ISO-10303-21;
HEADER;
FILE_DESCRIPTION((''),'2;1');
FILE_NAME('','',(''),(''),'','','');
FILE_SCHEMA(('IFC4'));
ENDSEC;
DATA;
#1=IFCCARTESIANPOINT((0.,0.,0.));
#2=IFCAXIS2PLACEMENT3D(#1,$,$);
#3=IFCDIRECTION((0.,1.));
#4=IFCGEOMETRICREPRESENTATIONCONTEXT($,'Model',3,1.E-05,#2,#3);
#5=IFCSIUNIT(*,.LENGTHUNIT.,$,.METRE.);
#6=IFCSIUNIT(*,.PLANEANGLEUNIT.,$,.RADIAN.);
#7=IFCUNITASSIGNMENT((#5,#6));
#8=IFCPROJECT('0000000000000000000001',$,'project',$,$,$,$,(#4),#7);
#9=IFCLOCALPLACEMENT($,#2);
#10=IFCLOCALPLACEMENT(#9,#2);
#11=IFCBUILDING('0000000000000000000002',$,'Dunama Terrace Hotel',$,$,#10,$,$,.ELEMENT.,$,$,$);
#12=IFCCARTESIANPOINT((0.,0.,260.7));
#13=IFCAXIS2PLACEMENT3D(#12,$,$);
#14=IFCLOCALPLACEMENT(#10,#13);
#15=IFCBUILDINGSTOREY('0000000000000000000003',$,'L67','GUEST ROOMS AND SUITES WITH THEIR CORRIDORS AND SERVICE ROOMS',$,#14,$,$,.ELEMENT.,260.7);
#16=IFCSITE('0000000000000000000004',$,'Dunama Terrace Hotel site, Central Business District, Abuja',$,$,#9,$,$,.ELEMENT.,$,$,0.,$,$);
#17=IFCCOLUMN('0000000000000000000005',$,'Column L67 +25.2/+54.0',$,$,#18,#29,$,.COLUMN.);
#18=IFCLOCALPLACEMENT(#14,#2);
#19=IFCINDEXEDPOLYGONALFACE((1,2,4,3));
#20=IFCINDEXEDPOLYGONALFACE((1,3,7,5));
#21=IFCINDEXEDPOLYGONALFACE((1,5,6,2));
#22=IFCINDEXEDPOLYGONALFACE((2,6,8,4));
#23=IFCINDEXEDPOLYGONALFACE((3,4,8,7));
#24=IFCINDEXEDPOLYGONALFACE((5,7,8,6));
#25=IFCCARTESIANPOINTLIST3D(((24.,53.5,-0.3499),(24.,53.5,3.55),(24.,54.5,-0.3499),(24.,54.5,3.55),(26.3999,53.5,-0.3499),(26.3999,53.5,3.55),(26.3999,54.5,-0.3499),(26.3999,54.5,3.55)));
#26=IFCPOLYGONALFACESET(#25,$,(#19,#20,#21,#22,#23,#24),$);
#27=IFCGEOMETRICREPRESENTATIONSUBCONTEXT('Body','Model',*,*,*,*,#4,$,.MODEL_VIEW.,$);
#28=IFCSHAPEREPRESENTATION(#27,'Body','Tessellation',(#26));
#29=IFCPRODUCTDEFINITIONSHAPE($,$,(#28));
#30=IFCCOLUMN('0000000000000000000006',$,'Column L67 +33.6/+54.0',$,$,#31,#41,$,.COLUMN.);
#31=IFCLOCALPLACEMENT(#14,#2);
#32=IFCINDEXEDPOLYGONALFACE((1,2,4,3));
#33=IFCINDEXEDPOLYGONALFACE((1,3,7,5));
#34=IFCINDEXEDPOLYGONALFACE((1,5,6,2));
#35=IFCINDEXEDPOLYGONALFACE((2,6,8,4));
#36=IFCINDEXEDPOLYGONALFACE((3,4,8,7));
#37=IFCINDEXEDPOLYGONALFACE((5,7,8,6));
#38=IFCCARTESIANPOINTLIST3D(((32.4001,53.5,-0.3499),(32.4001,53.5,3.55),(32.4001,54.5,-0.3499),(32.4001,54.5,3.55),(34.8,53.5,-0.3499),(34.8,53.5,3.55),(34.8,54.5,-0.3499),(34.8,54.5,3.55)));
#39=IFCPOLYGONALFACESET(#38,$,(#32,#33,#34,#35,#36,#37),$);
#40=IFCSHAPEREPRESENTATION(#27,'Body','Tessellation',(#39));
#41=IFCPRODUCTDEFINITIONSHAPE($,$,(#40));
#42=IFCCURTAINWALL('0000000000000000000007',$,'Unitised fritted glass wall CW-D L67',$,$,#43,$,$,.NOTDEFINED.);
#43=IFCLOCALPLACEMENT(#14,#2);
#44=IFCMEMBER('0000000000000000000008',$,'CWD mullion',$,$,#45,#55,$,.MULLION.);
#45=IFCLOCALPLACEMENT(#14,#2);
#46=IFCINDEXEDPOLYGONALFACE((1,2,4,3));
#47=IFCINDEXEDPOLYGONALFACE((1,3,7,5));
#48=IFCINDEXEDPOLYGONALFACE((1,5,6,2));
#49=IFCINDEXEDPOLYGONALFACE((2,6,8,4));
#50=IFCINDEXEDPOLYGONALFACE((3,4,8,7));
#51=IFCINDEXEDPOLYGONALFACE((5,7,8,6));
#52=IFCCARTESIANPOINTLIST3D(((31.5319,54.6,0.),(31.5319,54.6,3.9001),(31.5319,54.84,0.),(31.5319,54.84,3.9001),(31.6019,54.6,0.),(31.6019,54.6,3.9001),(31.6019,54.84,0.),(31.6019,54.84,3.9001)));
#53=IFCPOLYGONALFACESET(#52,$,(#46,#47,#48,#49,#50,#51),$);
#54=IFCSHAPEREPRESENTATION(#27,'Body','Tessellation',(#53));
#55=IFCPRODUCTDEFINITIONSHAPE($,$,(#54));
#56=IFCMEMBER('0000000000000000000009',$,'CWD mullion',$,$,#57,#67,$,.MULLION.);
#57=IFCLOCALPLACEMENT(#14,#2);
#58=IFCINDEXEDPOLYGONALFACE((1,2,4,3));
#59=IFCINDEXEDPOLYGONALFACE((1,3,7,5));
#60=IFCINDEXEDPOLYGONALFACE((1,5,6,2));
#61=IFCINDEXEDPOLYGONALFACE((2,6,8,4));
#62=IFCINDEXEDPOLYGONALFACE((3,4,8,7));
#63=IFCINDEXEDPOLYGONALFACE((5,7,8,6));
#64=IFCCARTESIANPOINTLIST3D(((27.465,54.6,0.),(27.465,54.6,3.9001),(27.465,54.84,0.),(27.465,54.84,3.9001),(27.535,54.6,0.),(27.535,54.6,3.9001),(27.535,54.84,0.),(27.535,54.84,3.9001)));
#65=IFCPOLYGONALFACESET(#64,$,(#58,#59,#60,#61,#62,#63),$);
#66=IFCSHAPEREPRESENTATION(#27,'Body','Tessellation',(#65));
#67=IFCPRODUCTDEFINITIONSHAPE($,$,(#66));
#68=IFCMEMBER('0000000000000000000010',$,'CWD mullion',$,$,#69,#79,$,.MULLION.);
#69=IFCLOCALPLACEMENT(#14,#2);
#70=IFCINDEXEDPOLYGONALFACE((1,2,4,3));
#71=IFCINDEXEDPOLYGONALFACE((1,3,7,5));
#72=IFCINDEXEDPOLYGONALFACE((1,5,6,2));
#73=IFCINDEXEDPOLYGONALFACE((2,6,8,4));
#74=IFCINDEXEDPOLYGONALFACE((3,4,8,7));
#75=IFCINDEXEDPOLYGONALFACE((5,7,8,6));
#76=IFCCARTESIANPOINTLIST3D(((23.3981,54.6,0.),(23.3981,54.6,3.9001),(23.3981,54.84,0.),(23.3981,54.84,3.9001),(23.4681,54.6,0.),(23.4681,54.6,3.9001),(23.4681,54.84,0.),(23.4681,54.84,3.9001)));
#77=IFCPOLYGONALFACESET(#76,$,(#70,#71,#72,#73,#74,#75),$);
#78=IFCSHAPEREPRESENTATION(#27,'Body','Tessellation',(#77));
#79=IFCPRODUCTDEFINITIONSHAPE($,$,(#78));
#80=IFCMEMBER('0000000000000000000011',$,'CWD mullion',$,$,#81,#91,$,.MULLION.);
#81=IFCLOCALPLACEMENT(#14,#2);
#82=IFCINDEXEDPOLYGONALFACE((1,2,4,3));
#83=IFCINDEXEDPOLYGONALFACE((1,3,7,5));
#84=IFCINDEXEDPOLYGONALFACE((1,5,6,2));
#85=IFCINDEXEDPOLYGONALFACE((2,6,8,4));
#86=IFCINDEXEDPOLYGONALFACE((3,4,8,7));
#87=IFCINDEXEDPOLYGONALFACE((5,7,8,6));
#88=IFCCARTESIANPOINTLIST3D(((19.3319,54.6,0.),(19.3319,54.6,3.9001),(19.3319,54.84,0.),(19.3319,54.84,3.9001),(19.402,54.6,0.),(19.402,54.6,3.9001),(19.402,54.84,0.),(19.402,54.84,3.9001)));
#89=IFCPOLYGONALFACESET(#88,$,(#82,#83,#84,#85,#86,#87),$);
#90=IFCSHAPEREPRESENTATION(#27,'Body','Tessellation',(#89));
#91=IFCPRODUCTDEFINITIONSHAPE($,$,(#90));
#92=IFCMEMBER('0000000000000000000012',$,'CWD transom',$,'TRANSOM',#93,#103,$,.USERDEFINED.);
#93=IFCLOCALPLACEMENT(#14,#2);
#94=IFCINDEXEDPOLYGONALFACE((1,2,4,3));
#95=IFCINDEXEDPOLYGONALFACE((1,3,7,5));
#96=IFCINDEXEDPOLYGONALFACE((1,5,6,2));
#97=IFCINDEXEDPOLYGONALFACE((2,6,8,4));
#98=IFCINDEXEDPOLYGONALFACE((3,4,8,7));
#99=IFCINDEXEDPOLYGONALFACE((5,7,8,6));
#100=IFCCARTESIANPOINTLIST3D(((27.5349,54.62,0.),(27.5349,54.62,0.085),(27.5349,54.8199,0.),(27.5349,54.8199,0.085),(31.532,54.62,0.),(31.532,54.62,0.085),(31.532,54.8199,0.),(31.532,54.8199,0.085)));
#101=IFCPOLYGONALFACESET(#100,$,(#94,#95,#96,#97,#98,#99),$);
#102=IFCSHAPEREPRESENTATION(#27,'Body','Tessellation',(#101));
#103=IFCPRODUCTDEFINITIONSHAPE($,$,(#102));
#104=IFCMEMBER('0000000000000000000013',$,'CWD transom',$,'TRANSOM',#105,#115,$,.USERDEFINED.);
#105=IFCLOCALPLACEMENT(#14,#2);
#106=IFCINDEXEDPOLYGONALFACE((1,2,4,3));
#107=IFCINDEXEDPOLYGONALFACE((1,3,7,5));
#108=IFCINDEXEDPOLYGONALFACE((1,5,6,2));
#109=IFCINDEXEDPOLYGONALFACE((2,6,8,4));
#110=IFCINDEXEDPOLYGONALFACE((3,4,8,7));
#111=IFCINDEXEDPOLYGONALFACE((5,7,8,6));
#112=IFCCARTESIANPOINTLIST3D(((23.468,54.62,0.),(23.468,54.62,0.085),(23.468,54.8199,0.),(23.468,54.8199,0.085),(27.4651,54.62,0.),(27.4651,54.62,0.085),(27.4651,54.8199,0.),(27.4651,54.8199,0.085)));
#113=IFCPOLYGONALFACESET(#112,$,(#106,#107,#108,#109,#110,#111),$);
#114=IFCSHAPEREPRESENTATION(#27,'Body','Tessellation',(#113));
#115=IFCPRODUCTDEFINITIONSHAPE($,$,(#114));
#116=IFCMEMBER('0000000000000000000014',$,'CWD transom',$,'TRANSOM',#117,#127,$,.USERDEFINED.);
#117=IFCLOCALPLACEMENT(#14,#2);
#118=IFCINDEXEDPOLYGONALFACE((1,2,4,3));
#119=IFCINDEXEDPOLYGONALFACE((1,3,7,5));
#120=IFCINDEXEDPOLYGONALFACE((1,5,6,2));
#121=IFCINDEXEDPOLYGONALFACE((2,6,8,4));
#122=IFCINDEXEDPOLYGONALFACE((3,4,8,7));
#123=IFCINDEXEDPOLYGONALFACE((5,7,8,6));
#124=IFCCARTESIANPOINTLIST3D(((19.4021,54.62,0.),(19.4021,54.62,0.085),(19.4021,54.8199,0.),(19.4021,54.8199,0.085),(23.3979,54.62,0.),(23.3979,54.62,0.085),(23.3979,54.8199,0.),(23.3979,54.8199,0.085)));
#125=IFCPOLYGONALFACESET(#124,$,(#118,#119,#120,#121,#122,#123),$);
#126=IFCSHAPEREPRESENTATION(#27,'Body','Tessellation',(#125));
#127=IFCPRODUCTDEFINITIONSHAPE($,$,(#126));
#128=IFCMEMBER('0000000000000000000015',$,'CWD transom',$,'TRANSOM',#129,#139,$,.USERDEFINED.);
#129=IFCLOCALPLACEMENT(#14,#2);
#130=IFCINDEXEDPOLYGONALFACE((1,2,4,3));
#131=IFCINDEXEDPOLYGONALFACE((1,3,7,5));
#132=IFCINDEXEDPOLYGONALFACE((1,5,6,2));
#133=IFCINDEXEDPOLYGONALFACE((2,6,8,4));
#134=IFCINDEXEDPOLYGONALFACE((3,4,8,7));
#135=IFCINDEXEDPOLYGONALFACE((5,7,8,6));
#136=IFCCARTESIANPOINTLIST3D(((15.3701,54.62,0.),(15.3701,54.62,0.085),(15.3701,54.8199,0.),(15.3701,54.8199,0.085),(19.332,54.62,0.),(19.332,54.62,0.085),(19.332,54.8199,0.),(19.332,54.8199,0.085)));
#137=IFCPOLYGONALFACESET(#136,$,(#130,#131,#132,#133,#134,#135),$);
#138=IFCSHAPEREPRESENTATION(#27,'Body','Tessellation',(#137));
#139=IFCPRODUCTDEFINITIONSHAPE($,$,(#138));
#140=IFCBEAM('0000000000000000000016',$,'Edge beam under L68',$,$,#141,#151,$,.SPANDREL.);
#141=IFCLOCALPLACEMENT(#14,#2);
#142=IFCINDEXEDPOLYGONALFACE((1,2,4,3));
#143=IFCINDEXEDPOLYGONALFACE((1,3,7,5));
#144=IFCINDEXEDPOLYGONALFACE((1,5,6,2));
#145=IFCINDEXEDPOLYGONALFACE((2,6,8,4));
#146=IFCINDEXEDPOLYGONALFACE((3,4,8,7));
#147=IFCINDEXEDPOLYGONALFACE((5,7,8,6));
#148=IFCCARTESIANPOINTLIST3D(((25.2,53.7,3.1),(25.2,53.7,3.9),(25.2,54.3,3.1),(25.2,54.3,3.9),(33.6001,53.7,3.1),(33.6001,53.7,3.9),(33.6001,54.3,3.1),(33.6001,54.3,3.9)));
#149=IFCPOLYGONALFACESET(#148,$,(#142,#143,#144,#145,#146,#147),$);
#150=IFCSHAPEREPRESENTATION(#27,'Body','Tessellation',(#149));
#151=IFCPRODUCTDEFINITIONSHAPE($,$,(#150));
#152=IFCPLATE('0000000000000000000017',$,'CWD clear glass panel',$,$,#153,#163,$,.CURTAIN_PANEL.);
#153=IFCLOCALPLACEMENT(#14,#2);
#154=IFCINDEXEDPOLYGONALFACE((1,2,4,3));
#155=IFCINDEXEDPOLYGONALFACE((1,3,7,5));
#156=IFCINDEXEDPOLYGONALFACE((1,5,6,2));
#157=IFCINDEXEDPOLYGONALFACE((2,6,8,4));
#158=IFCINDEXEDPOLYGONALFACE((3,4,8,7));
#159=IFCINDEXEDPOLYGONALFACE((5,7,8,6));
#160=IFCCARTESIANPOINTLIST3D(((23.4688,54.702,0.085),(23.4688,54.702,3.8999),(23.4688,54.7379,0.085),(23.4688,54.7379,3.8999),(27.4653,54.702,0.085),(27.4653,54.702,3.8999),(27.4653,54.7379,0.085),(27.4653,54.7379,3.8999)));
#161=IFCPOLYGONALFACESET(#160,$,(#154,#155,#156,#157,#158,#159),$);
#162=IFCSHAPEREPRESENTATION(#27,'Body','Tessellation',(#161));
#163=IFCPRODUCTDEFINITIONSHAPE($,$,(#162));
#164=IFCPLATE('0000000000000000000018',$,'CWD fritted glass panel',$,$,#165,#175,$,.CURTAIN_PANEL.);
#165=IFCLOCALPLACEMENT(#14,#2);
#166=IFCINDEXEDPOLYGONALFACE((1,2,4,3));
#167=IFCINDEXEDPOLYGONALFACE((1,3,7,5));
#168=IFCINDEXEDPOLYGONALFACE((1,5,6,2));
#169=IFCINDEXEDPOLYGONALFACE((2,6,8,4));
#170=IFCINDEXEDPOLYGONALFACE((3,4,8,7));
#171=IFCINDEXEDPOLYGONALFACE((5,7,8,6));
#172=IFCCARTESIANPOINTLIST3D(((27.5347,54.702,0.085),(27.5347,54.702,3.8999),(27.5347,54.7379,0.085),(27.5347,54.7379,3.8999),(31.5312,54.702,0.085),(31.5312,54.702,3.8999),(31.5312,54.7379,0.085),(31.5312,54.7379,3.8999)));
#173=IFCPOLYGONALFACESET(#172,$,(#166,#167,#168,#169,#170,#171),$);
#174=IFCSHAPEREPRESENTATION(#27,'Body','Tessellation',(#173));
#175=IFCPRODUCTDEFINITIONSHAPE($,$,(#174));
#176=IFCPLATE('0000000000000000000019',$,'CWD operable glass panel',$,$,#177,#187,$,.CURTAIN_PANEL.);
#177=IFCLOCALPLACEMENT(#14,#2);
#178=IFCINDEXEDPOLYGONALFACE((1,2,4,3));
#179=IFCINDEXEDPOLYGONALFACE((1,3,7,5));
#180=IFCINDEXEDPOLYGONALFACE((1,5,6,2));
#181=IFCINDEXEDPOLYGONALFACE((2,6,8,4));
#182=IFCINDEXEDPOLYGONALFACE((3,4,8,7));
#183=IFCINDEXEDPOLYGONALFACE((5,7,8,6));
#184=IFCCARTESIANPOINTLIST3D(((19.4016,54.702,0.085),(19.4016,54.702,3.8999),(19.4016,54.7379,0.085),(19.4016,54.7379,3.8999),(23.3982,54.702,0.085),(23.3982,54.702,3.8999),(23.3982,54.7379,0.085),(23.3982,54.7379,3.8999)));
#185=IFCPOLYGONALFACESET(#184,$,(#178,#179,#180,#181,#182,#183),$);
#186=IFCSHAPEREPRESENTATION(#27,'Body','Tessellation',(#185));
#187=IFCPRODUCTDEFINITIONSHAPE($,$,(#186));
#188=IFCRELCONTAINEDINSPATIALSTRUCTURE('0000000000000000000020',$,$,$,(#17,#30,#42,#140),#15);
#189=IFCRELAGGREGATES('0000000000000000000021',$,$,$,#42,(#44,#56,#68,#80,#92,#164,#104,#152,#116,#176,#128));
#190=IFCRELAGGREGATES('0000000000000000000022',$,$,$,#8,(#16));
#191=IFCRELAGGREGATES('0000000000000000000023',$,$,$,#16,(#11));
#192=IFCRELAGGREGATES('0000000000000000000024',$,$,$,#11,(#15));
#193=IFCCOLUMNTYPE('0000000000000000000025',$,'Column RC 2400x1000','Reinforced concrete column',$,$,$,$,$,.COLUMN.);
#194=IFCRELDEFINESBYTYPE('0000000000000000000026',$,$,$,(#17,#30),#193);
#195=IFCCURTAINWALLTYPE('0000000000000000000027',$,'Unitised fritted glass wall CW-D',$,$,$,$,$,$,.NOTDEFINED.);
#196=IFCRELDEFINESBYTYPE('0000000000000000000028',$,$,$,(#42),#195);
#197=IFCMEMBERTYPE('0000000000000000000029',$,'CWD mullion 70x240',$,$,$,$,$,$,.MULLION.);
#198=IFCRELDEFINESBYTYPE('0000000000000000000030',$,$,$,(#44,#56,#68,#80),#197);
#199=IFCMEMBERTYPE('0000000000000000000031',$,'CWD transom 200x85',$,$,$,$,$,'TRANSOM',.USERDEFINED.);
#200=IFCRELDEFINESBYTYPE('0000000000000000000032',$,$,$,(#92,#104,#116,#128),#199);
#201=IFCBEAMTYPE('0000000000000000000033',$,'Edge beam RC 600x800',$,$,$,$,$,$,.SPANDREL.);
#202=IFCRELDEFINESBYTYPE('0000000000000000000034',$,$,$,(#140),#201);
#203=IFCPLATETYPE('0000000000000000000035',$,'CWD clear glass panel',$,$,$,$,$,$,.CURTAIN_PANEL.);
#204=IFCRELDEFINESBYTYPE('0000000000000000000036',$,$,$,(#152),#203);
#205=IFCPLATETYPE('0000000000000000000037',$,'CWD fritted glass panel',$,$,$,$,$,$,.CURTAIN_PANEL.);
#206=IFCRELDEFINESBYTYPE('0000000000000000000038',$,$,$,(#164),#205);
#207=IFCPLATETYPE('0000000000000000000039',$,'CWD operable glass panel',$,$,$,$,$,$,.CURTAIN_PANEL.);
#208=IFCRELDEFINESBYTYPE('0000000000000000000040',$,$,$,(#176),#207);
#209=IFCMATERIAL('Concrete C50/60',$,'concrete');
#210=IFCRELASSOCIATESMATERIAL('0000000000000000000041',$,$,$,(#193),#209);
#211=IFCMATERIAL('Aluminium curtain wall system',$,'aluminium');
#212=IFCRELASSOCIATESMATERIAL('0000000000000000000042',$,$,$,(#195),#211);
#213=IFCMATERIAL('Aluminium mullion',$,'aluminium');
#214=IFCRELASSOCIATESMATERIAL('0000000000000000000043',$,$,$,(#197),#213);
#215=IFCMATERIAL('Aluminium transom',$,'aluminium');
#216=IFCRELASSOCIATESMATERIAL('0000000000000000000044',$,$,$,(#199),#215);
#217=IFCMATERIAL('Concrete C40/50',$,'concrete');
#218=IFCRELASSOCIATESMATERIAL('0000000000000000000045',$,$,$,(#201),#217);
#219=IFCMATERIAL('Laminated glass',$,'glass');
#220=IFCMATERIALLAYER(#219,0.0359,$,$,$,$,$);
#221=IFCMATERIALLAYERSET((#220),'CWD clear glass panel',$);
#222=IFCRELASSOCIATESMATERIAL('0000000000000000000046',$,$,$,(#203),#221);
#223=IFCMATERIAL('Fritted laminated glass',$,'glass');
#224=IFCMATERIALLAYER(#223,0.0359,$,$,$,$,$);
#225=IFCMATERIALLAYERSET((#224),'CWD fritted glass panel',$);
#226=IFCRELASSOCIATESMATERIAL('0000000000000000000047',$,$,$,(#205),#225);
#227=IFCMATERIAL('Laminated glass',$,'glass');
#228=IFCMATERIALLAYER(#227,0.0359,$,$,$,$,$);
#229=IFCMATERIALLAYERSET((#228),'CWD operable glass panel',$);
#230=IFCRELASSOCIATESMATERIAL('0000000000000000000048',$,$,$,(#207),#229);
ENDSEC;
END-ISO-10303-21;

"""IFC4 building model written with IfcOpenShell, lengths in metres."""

from ifc_helpers import new_model, si_unit, direction, frame, origin, origin_2d, place, context, subcontext, project, spatial, rectangle, extrude, material, layer, layer_set, material_profile, profile_set, type_object, element, aggregate, save


model = new_model("IFC4")

# Units and contexts
model_context = context("Model", 3, precision=1e-05, world=origin(), true_north=direction((0.0, 1.0)))
body_context = subcontext(model_context, "Body", "Model", "MODEL_VIEW")
ifc_project = project(units=[si_unit("LENGTHUNIT", "METRE"), si_unit("PLANEANGLEUNIT", "RADIAN")], contexts=[model_context])

# Site, building, storey
site_placement = place(None, origin())
site = spatial("IfcSite", under=ifc_project, at=site_placement, Name="Dunama Terrace Hotel site, Central Business District, Abuja", CompositionType="ELEMENT", RefElevation=0.0)
building_placement = place(site_placement, origin())
building = spatial("IfcBuilding", under=site, at=building_placement, Name="Dunama Terrace Hotel", CompositionType="ELEMENT")
storey_placement = place(building_placement, frame((0.0, 0.0, 260.7)))
storey = spatial("IfcBuildingStorey", under=building, at=storey_placement, Name="L67", Description="GUEST ROOMS AND SUITES WITH THEIR CORRIDORS AND SERVICE ROOMS", CompositionType="ELEMENT", Elevation=260.7)

# Columns
ifc_material_1 = material(Name="Concrete C50/60", Category="concrete")
ifc_material_profile_1 = material_profile(ifc_material_1, rectangle(XDim=2.3999, YDim=1.0, at=origin_2d()), Name="RC 2400x1000")
ifc_profile_set_1 = profile_set([ifc_material_profile_1], Name="Concrete C50/60")
column_type = type_object("IfcColumnType", Name="Column RC 2400x1000", Description="Reinforced concrete column", PredefinedType="COLUMN", material=ifc_profile_set_1)
for number, where, z_axis, x_axis, name in (
    (1, (25.2, 54.0, -0.3499), (0.0, 0.0, 1.0), (1.0, 0.0, 0.0), "Column L67 +25.2/+54.0"),
    (2, (33.6001, 54.0, -0.3499), (0.0, 0.0, 1.0), (1.0, 0.0, 0.0), "Column L67 +33.6/+54.0"),
):
    element("IfcColumn", number, at=place(storey_placement, frame(where, z_axis=z_axis, x_axis=x_axis)), inside=storey, type_object=column_type, Name=name, PredefinedType="COLUMN", context=body_context, shape_type="SweptSolid", body=[
        extrude(rectangle(XDim=2.3999, YDim=1.0, at=origin_2d()), origin(), (0.0, 0.0, 1.0), 3.8999),
    ])

# Curtain wall, members
ifc_material_2 = material(Name="Aluminium curtain wall system", Category="aluminium")
curtain_wall_type = type_object("IfcCurtainWallType", Name="Unitised fritted glass wall CW-D", PredefinedType="NOTDEFINED", material=ifc_material_2)
curtain_wall_placement = place(storey_placement, origin())
curtain_wall = element("IfcCurtainWall", 3, at=curtain_wall_placement, inside=storey, type_object=curtain_wall_type, Name="Unitised fritted glass wall CW-D L67", PredefinedType="NOTDEFINED")
ifc_material_3 = material(Name="Aluminium mullion", Category="aluminium")
ifc_material_profile_2 = material_profile(ifc_material_3, rectangle(XDim=0.0701, YDim=0.24, at=origin_2d()), Name="CWD MULLION 70X240")
ifc_profile_set_2 = profile_set([ifc_material_profile_2], Name="Aluminium mullion")
member_type_1 = type_object("IfcMemberType", Name="CWD mullion 70x240", PredefinedType="MULLION", material=ifc_profile_set_2)
member_1_placement = place(storey_placement, frame((31.5669, 54.72, 0.0), z_axis=(0.0, 0.0, 1.0), x_axis=(-1.0, 0.0, 0.0)))
member_1 = element("IfcMember", 4, at=member_1_placement, type_object=member_type_1, Name="CWD mullion", PredefinedType="MULLION", context=body_context, shape_type="SweptSolid", body=[
    extrude(rectangle(XDim=0.0701, YDim=0.24, at=origin_2d()), origin(), (0.0, 0.0, 1.0), 3.9001),
])
member_2_placement = place(storey_placement, frame((27.5, 54.72, 0.0), z_axis=(0.0, 0.0, 1.0), x_axis=(-1.0, 0.0, 0.0)))
member_2 = element("IfcMember", 5, at=member_2_placement, type_object=member_type_1, Name="CWD mullion", PredefinedType="MULLION", context=body_context, shape_type="SweptSolid", body=[
    extrude(rectangle(XDim=0.0701, YDim=0.24, at=origin_2d()), origin(), (0.0, 0.0, 1.0), 3.9001),
])
member_3_placement = place(storey_placement, frame((23.4331, 54.72, 0.0), z_axis=(0.0, 0.0, 1.0), x_axis=(-1.0, 0.0, 0.0)))
member_3 = element("IfcMember", 6, at=member_3_placement, type_object=member_type_1, Name="CWD mullion", PredefinedType="MULLION", context=body_context, shape_type="SweptSolid", body=[
    extrude(rectangle(XDim=0.0701, YDim=0.24, at=origin_2d()), origin(), (0.0, 0.0, 1.0), 3.9001),
])
member_4_placement = place(storey_placement, frame((19.3669, 54.72, 0.0), z_axis=(0.0, 0.0, 1.0), x_axis=(-1.0, 0.0, 0.0)))
member_4 = element("IfcMember", 7, at=member_4_placement, type_object=member_type_1, Name="CWD mullion", PredefinedType="MULLION", context=body_context, shape_type="SweptSolid", body=[
    extrude(rectangle(XDim=0.0701, YDim=0.24, at=origin_2d()), origin(), (0.0, 0.0, 1.0), 3.9001),
])
ifc_material_4 = material(Name="Aluminium transom", Category="aluminium")
ifc_material_profile_3 = material_profile(ifc_material_4, rectangle(XDim=0.2, YDim=0.085, at=origin_2d()), Name="CWD TRANSOM 200X85")
ifc_profile_set_3 = profile_set([ifc_material_profile_3], Name="Aluminium transom")
member_type_2 = type_object("IfcMemberType", Name="CWD transom 200x85", ElementType="TRANSOM", PredefinedType="USERDEFINED", material=ifc_profile_set_3)
member_5_placement = place(storey_placement, frame((31.532, 54.72, 0.0425), z_axis=(-1.0, 0.0, 0.0), x_axis=(0.0, -1.0, 0.0)))
member_5 = element("IfcMember", 8, at=member_5_placement, type_object=member_type_2, Name="CWD transom", ObjectType="TRANSOM", PredefinedType="USERDEFINED", context=body_context, shape_type="SweptSolid", body=[
    extrude(rectangle(XDim=0.2, YDim=0.085, at=origin_2d()), origin(), (0.0, 0.0, 1.0), 3.9971),
])
member_6_placement = place(storey_placement, frame((27.4651, 54.72, 0.0425), z_axis=(-1.0, 0.0, 0.0), x_axis=(0.0, -1.0, 0.0)))
member_6 = element("IfcMember", 9, at=member_6_placement, type_object=member_type_2, Name="CWD transom", ObjectType="TRANSOM", PredefinedType="USERDEFINED", context=body_context, shape_type="SweptSolid", body=[
    extrude(rectangle(XDim=0.2, YDim=0.085, at=origin_2d()), origin(), (0.0, 0.0, 1.0), 3.9971),
])
member_7_placement = place(storey_placement, frame((23.3979, 54.72, 0.0425), z_axis=(-1.0, 0.0, 0.0), x_axis=(0.0, -1.0, 0.0)))
member_7 = element("IfcMember", 10, at=member_7_placement, type_object=member_type_2, Name="CWD transom", ObjectType="TRANSOM", PredefinedType="USERDEFINED", context=body_context, shape_type="SweptSolid", body=[
    extrude(rectangle(XDim=0.2, YDim=0.085, at=origin_2d()), origin(), (0.0, 0.0, 1.0), 3.9958),
])
member_8_placement = place(storey_placement, frame((19.332, 54.72, 0.0425), z_axis=(-1.0, 0.0, 0.0), x_axis=(0.0, -1.0, 0.0)))
member_8 = element("IfcMember", 11, at=member_8_placement, type_object=member_type_2, Name="CWD transom", ObjectType="TRANSOM", PredefinedType="USERDEFINED", context=body_context, shape_type="SweptSolid", body=[
    extrude(rectangle(XDim=0.2, YDim=0.085, at=origin_2d()), origin(), (0.0, 0.0, 1.0), 3.9619),
])

# Beam
ifc_material_5 = material(Name="Concrete C40/50", Category="concrete")
ifc_material_profile_4 = material_profile(ifc_material_5, rectangle(XDim=0.6001, YDim=0.8, at=origin_2d()), Name="RC 600x800")
ifc_profile_set_4 = profile_set([ifc_material_profile_4], Name="Concrete C40/50")
beam_type = type_object("IfcBeamType", Name="Edge beam RC 600x800", PredefinedType="SPANDREL", material=ifc_profile_set_4)
beam_placement = place(storey_placement, frame((25.2, 54.0, 3.5), z_axis=(1.0, 0.0, 0.0), x_axis=(0.0, 1.0, 0.0)))
element("IfcBeam", 12, at=beam_placement, inside=storey, type_object=beam_type, Name="Edge beam under L68", PredefinedType="SPANDREL", context=body_context, shape_type="SweptSolid", body=[
    extrude(rectangle(XDim=0.6001, YDim=0.8, at=origin_2d()), origin(), (0.0, 0.0, 1.0), 8.4001),
])

# Plates
ifc_material_6 = material(Name="Laminated glass", Category="glass")
ifc_layer_1 = layer(ifc_material_6, 0.0359)
ifc_layer_set_1 = layer_set([ifc_layer_1], Name="CWD clear glass panel")
plate_type_1 = type_object("IfcPlateType", Name="CWD clear glass panel", PredefinedType="CURTAIN_PANEL", material=ifc_layer_set_1)
plate_1_placement = place(storey_placement, frame((25.467, 54.72, 0.085), z_axis=(0.0, 0.0, 1.0), x_axis=(-1.0, 0.0, 0.0)))
plate_1 = element("IfcPlate", 13, at=plate_1_placement, type_object=plate_type_1, Name="CWD clear glass panel", PredefinedType="CURTAIN_PANEL", context=body_context, shape_type="SweptSolid", body=[
    extrude(rectangle(XDim=3.9966, YDim=0.0359, at=origin_2d()), origin(), (0.0, 0.0, 1.0), 3.8149),
])
ifc_material_7 = material(Name="Fritted laminated glass", Category="glass")
ifc_layer_2 = layer(ifc_material_7, 0.0359)
ifc_layer_set_2 = layer_set([ifc_layer_2], Name="CWD fritted glass panel")
plate_type_2 = type_object("IfcPlateType", Name="CWD fritted glass panel", PredefinedType="CURTAIN_PANEL", material=ifc_layer_set_2)
plate_2_placement = place(storey_placement, frame((29.533, 54.72, 0.085), z_axis=(0.0, 0.0, 1.0), x_axis=(-1.0, 0.0, 0.0)))
plate_2 = element("IfcPlate", 14, at=plate_2_placement, type_object=plate_type_2, Name="CWD fritted glass panel", PredefinedType="CURTAIN_PANEL", context=body_context, shape_type="SweptSolid", body=[
    extrude(rectangle(XDim=3.9966, YDim=0.0359, at=origin_2d()), origin(), (0.0, 0.0, 1.0), 3.8149),
])
ifc_material_8 = material(Name="Laminated glass", Category="glass")
ifc_layer_3 = layer(ifc_material_8, 0.0359)
ifc_layer_set_3 = layer_set([ifc_layer_3], Name="CWD operable glass panel")
plate_type_3 = type_object("IfcPlateType", Name="CWD operable glass panel", PredefinedType="CURTAIN_PANEL", material=ifc_layer_set_3)
plate_3_placement = place(storey_placement, frame((21.3999, 54.72, 0.085), z_axis=(0.0, 0.0, 1.0), x_axis=(-1.0, 0.0, 0.0)))
plate_3 = element("IfcPlate", 15, at=plate_3_placement, type_object=plate_type_3, Name="CWD operable glass panel", PredefinedType="CURTAIN_PANEL", context=body_context, shape_type="SweptSolid", body=[
    extrude(rectangle(XDim=3.9966, YDim=0.0359, at=origin_2d()), origin(), (0.0, 0.0, 1.0), 3.8149),
])
aggregate(curtain_wall, [member_1, member_2, member_3, member_4, member_5, plate_2, member_6, plate_1, member_7, plate_3, member_8])

save(model, "model.ifc")
